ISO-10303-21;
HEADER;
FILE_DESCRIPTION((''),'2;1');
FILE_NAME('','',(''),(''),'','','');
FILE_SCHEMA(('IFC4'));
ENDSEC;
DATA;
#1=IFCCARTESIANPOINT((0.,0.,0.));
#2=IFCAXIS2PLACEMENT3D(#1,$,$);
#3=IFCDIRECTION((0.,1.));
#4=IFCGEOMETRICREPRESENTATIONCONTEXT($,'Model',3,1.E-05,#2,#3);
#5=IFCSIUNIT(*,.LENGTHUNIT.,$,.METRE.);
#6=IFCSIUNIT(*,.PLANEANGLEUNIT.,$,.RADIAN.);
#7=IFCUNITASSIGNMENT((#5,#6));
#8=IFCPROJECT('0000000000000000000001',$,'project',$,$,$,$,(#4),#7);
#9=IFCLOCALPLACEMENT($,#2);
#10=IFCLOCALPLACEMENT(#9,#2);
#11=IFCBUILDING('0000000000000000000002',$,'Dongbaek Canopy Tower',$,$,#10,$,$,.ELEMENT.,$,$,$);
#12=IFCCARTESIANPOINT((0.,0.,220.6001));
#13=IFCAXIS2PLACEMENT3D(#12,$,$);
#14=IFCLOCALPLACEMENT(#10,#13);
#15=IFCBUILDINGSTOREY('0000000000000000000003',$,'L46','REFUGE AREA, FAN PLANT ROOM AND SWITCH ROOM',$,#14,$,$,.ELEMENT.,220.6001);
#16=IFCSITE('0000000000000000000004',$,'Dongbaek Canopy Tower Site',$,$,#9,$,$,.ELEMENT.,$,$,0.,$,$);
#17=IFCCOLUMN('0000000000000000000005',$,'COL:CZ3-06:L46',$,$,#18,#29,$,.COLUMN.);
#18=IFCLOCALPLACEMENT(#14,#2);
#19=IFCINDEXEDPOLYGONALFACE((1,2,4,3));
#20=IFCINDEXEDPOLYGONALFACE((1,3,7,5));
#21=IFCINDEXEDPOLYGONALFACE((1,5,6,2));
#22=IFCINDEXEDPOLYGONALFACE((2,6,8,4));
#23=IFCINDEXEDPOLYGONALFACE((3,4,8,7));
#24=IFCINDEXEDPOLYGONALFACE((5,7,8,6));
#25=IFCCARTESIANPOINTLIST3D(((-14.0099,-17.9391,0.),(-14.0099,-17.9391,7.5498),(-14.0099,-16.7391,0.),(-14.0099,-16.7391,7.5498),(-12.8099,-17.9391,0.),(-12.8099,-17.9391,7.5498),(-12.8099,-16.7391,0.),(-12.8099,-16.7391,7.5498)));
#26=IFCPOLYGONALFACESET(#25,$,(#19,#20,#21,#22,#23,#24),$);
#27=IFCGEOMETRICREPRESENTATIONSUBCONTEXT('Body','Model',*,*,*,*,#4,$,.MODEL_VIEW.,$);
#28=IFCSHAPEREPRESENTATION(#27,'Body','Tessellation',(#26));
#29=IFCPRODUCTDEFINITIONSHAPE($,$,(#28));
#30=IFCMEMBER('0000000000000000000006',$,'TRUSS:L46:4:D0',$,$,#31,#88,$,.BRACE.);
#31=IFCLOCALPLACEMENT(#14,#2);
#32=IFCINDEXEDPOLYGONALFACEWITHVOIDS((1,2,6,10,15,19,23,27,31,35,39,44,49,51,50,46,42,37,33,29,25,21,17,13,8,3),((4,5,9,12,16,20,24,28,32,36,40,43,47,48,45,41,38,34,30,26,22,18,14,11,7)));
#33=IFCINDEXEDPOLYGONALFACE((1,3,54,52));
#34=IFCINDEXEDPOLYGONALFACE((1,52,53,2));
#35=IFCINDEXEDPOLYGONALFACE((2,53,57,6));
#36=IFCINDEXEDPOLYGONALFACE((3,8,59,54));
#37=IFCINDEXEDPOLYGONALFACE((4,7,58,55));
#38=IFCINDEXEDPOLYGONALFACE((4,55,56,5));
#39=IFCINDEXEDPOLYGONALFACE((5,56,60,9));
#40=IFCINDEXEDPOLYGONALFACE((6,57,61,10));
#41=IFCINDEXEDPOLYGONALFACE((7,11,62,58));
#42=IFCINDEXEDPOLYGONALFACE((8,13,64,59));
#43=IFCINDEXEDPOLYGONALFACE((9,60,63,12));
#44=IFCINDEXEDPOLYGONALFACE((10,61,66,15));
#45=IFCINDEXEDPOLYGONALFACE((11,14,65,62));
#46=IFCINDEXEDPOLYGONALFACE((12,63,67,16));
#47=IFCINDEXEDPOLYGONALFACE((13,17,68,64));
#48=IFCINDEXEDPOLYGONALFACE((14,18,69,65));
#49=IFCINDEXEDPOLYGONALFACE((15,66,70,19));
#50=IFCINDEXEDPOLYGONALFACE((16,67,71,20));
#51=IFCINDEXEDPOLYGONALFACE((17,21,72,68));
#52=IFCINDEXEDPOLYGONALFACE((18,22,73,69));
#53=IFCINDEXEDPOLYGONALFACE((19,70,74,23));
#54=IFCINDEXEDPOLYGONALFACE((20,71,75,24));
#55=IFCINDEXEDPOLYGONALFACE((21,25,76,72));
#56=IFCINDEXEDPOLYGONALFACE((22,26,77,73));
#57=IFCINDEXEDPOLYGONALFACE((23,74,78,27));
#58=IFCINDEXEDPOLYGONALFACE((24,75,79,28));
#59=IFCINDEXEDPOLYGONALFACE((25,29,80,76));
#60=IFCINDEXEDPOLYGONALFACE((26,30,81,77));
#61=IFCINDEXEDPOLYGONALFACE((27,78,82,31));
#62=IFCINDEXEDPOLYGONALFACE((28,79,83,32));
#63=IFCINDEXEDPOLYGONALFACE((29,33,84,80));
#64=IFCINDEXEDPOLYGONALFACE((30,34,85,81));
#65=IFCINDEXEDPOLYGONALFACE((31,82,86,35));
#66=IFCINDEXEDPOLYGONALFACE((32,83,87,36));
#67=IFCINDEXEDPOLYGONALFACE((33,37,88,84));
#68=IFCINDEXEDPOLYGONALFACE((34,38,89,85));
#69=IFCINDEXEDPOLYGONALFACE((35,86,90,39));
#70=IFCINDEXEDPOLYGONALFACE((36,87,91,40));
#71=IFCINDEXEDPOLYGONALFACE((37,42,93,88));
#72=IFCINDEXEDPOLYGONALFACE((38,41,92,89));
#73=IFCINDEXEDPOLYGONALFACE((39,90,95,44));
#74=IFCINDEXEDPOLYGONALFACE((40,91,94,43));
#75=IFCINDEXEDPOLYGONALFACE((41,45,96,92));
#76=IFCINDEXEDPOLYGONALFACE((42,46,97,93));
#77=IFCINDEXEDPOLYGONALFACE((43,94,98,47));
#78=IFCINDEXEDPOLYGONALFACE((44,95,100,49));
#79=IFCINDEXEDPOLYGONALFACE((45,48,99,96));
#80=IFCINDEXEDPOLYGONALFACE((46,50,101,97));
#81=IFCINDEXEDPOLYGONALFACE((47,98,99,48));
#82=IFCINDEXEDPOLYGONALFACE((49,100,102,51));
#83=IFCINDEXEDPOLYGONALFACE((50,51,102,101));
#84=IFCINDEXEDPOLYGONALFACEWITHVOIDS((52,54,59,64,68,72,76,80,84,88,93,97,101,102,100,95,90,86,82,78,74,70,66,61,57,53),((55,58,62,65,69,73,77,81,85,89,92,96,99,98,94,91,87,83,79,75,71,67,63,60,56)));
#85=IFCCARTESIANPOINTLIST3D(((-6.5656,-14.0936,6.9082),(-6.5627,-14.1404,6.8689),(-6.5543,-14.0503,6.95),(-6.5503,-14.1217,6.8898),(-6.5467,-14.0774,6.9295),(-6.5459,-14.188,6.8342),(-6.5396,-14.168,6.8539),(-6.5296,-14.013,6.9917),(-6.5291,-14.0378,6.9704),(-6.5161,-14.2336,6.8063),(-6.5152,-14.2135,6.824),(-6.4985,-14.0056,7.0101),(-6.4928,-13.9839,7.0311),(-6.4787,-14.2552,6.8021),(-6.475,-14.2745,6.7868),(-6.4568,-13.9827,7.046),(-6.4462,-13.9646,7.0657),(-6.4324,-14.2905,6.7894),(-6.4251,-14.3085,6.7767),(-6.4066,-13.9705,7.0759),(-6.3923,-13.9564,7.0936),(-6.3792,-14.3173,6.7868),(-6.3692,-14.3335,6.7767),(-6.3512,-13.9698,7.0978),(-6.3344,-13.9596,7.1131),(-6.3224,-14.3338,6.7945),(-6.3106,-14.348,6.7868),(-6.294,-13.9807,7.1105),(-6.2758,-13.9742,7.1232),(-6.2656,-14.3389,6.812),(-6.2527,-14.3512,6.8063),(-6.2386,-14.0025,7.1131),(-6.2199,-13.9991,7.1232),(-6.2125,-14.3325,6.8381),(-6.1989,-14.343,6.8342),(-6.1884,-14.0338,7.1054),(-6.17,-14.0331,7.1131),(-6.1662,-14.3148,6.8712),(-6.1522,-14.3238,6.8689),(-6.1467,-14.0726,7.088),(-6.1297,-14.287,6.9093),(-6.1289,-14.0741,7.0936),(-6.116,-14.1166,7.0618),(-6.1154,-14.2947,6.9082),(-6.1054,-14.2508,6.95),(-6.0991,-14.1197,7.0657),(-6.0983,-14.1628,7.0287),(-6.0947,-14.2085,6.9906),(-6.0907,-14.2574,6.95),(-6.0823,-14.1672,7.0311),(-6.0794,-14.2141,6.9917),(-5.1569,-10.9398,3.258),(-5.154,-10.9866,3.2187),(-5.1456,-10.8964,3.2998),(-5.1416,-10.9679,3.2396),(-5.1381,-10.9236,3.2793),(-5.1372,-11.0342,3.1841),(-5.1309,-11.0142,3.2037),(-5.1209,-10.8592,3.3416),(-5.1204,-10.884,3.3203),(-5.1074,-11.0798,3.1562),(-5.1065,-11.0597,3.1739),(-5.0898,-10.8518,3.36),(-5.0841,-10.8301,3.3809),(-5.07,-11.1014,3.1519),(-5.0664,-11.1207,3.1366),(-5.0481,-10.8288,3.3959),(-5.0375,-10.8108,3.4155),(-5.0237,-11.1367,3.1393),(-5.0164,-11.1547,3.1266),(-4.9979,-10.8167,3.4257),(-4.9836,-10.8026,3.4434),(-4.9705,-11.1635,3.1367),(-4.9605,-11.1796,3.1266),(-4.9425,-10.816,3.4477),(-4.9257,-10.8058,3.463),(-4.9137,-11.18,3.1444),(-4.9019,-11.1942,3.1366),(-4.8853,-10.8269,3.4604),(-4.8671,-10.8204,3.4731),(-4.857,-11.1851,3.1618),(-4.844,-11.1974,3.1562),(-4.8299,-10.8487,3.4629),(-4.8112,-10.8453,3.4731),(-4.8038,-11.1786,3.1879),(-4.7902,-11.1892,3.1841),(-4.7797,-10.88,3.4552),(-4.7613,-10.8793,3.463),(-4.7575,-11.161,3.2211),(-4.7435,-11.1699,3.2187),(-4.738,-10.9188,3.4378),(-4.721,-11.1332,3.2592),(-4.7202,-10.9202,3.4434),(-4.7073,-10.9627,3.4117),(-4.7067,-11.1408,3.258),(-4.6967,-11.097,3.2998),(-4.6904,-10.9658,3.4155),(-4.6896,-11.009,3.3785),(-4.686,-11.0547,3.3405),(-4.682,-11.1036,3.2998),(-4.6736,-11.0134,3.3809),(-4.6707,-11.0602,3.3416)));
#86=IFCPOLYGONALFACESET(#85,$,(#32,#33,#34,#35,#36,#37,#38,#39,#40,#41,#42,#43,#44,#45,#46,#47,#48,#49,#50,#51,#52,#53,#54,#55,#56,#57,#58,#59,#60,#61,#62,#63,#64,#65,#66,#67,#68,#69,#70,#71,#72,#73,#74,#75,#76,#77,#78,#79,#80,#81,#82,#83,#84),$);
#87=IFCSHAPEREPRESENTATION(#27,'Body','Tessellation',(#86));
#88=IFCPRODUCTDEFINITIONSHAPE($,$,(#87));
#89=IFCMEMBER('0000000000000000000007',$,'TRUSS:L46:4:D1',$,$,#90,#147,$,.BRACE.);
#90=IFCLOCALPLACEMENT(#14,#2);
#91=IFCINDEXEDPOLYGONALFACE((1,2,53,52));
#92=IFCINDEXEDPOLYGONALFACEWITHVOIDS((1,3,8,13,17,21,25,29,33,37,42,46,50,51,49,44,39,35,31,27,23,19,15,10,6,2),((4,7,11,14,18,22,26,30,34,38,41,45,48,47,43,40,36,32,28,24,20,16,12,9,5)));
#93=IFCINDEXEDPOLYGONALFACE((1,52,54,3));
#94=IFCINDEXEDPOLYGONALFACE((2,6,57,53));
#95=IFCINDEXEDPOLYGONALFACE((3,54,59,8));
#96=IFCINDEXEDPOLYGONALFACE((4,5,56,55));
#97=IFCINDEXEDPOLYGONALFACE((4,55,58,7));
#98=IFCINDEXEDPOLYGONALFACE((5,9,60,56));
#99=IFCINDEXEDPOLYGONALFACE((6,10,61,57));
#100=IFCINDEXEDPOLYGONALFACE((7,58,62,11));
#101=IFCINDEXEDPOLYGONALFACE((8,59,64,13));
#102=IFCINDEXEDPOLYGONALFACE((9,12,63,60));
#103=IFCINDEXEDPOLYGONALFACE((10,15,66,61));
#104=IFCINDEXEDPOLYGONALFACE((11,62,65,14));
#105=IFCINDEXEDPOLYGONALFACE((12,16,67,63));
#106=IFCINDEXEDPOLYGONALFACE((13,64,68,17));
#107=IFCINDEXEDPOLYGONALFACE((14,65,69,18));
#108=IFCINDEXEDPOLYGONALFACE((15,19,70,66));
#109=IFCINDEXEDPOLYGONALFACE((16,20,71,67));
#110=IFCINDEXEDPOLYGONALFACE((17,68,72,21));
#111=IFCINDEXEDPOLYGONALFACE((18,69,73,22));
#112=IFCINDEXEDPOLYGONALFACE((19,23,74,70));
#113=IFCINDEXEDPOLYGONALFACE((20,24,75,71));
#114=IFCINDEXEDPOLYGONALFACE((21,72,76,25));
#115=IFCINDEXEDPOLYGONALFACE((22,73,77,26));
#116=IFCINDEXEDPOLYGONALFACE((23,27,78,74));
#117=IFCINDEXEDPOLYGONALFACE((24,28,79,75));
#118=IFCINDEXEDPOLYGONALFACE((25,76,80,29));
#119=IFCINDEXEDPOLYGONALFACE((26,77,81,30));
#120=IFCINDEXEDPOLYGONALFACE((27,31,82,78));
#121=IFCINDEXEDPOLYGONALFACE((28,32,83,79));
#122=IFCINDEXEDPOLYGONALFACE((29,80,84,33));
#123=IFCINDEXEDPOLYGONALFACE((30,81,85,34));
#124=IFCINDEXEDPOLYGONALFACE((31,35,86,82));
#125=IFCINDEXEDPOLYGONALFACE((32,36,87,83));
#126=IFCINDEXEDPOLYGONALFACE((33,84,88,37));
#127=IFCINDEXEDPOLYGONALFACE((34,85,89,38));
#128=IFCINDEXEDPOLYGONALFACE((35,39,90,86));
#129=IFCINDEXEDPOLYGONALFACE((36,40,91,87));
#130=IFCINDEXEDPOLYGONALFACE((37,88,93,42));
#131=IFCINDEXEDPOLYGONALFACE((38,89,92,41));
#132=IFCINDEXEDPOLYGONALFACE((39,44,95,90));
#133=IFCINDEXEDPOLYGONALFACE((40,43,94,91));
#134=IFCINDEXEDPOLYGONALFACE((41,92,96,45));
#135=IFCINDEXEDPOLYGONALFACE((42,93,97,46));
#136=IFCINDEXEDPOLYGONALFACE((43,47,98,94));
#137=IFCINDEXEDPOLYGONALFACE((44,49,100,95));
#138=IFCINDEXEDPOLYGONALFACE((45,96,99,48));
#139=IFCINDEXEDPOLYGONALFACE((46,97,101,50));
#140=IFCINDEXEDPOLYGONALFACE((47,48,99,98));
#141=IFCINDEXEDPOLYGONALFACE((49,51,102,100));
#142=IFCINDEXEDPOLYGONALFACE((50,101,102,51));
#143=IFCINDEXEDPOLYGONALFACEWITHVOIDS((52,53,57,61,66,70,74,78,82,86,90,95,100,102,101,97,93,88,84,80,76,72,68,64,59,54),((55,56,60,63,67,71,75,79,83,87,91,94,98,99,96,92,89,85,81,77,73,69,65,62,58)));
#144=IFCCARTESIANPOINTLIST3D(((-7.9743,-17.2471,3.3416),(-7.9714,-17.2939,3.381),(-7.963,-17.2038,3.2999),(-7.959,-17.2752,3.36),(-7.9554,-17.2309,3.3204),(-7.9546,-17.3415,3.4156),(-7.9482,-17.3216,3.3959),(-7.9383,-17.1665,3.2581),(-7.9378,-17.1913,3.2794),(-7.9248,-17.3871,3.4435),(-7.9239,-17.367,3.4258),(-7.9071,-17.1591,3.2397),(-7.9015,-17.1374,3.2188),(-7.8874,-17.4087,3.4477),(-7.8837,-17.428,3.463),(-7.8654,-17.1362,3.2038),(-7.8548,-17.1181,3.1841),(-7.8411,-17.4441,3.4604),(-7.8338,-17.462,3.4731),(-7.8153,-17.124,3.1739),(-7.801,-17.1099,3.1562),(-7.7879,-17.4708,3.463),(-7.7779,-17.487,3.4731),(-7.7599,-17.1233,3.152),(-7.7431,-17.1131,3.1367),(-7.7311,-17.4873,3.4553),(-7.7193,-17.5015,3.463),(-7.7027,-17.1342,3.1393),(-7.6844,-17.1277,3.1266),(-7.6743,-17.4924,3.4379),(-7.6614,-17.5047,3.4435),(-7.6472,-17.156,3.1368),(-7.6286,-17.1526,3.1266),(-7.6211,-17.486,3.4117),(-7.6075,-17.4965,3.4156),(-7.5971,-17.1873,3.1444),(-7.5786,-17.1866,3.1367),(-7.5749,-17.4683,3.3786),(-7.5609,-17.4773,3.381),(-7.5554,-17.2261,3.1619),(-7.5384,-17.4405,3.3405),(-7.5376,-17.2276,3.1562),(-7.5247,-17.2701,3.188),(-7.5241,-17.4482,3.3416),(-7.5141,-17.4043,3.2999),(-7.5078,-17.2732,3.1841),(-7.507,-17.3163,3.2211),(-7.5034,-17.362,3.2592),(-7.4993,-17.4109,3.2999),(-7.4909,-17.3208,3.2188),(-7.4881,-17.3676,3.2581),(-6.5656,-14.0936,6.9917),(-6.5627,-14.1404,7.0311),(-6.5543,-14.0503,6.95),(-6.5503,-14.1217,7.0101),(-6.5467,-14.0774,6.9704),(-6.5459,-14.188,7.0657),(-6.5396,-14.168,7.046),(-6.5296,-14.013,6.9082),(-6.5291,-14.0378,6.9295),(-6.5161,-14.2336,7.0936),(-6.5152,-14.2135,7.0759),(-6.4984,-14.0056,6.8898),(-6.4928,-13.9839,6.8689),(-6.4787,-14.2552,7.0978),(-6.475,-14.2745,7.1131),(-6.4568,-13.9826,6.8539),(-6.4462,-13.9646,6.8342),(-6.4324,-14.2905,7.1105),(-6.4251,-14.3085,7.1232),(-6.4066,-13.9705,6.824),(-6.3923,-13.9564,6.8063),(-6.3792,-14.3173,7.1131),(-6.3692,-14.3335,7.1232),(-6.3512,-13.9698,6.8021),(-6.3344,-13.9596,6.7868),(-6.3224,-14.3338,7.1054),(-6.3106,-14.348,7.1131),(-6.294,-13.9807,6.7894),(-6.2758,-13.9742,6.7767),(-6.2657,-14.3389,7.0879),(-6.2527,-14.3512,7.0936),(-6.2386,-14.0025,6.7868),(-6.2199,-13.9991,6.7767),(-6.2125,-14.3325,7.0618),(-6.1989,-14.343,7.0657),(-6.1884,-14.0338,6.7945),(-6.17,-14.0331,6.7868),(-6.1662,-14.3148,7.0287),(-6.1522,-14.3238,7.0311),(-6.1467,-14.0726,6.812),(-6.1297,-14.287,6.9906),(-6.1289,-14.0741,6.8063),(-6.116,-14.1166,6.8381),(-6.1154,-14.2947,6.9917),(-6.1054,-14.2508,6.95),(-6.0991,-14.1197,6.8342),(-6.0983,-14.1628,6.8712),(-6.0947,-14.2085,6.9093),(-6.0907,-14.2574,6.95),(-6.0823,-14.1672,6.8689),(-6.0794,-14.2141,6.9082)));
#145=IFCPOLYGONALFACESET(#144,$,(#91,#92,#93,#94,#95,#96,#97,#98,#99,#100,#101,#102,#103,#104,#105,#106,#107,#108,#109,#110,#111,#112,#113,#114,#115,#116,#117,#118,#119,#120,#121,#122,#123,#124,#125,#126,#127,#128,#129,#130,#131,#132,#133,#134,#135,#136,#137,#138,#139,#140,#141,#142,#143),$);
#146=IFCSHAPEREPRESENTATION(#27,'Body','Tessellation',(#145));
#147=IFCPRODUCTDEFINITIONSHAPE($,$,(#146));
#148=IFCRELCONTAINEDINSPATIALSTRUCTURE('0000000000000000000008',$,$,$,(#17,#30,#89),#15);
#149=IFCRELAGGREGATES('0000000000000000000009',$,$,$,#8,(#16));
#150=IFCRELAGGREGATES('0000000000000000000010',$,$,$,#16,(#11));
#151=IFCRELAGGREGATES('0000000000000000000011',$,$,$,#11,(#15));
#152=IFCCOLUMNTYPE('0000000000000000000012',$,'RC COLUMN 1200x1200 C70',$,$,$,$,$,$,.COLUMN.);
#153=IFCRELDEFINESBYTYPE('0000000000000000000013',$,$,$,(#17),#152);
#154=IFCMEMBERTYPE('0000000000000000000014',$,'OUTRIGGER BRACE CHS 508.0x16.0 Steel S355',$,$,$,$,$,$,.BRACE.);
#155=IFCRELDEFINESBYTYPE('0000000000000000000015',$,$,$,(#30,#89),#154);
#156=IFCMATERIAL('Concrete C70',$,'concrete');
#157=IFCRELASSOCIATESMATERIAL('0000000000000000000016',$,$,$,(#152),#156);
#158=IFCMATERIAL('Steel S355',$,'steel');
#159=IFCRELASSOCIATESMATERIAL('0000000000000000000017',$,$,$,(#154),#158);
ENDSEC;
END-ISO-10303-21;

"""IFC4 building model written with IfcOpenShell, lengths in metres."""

from ifc_helpers import new_model, si_unit, direction, frame, origin, origin_2d, place, context, subcontext, project, spatial, rectangle, hollow_circle, extrude, material, material_profile, profile_set, type_object, element, save


model = new_model("IFC4")

# Units and contexts
model_context = context("Model", 3, precision=1e-05, world=origin(), true_north=direction((0.0, 1.0)))
body_context = subcontext(model_context, "Body", "Model", "MODEL_VIEW")
ifc_project = project(units=[si_unit("LENGTHUNIT", "METRE"), si_unit("PLANEANGLEUNIT", "RADIAN")], contexts=[model_context])

# Site, building, storey
site_placement = place(None, origin())
site = spatial("IfcSite", under=ifc_project, at=site_placement, Name="Dongbaek Canopy Tower Site", CompositionType="ELEMENT", RefElevation=0.0)
building_placement = place(site_placement, origin())
building = spatial("IfcBuilding", under=site, at=building_placement, Name="Dongbaek Canopy Tower", CompositionType="ELEMENT")
storey_placement = place(building_placement, frame((0.0, 0.0, 220.6001)))
storey = spatial("IfcBuildingStorey", under=building, at=storey_placement, Name="L46", Description="REFUGE AREA, FAN PLANT ROOM AND SWITCH ROOM", CompositionType="ELEMENT", Elevation=220.6001)

# Column
ifc_material_1 = material(Name="Concrete C70", Category="concrete")
ifc_material_profile_1 = material_profile(ifc_material_1, rectangle(XDim=1.2, YDim=1.2, at=origin_2d()), Name="RC COLUMN 1200x1200 C70")
ifc_profile_set_1 = profile_set([ifc_material_profile_1], Name="Concrete C70")
column_type = type_object("IfcColumnType", Name="RC COLUMN 1200x1200 C70", PredefinedType="COLUMN", material=ifc_profile_set_1)
column_placement = place(storey_placement, frame((-13.4099, -17.3391, 0.0), z_axis=(0.0, 0.0, 1.0), x_axis=(1.0, 0.0, 0.0)))
element("IfcColumn", 1, at=column_placement, inside=storey, type_object=column_type, Name="COL:CZ3-06:L46", PredefinedType="COLUMN", context=body_context, shape_type="SweptSolid", body=[
    extrude(rectangle(XDim=1.2, YDim=1.2, at=origin_2d()), origin(), (0.0, 0.0, 1.0), 7.5498),
])

# Members
ifc_material_2 = material(Name="Steel S355", Category="steel")
ifc_material_profile_2 = material_profile(ifc_material_2, hollow_circle(Radius=0.2539, WallThickness=0.0161, at=origin_2d()), Name="OUTRIGGER BRACE CHS 508.0x16.0 Steel S355")
ifc_profile_set_2 = profile_set([ifc_material_profile_2], Name="Steel S355")
member_type_1 = type_object("IfcMemberType", Name="OUTRIGGER BRACE CHS 508.0x16.0 Steel S355", PredefinedType="BRACE", material=ifc_profile_set_2)
member_1_placement = place(storey_placement, frame((-4.9138, -11.0, 3.2998), z_axis=(-0.280315, -0.627576, 0.726342), x_axis=(0.913058, -0.40783, 0.0)))
element("IfcMember", 2, at=member_1_placement, inside=storey, type_object=member_type_1, Name="TRUSS:L46:4:D0", PredefinedType="BRACE", context=body_context, shape_type="SweptSolid", body=[
    extrude(hollow_circle(Radius=0.2539, WallThickness=0.0161, at=origin_2d()), origin(), (0.0, 0.0, 1.0), 5.0254),
])
for number, where, z_axis, x_axis, name in (
    (3, (-6.3225, -14.1538, 6.95), (-0.280324, -0.627546, -0.726364), (0.913046, -0.407856, 0.0), "TRUSS:L46:4:D1"),
):
    element("IfcMember", number, at=place(storey_placement, frame(where, z_axis=z_axis, x_axis=x_axis)), inside=storey, type_object=member_type_1, Name=name, PredefinedType="BRACE", context=body_context, shape_type="SweptSolid", body=[
        extrude(hollow_circle(Radius=0.2539, WallThickness=0.0161, at=origin_2d()), origin(), (0.0, 0.0, 1.0), 5.0251),
    ])

save(model, "model.ifc")
